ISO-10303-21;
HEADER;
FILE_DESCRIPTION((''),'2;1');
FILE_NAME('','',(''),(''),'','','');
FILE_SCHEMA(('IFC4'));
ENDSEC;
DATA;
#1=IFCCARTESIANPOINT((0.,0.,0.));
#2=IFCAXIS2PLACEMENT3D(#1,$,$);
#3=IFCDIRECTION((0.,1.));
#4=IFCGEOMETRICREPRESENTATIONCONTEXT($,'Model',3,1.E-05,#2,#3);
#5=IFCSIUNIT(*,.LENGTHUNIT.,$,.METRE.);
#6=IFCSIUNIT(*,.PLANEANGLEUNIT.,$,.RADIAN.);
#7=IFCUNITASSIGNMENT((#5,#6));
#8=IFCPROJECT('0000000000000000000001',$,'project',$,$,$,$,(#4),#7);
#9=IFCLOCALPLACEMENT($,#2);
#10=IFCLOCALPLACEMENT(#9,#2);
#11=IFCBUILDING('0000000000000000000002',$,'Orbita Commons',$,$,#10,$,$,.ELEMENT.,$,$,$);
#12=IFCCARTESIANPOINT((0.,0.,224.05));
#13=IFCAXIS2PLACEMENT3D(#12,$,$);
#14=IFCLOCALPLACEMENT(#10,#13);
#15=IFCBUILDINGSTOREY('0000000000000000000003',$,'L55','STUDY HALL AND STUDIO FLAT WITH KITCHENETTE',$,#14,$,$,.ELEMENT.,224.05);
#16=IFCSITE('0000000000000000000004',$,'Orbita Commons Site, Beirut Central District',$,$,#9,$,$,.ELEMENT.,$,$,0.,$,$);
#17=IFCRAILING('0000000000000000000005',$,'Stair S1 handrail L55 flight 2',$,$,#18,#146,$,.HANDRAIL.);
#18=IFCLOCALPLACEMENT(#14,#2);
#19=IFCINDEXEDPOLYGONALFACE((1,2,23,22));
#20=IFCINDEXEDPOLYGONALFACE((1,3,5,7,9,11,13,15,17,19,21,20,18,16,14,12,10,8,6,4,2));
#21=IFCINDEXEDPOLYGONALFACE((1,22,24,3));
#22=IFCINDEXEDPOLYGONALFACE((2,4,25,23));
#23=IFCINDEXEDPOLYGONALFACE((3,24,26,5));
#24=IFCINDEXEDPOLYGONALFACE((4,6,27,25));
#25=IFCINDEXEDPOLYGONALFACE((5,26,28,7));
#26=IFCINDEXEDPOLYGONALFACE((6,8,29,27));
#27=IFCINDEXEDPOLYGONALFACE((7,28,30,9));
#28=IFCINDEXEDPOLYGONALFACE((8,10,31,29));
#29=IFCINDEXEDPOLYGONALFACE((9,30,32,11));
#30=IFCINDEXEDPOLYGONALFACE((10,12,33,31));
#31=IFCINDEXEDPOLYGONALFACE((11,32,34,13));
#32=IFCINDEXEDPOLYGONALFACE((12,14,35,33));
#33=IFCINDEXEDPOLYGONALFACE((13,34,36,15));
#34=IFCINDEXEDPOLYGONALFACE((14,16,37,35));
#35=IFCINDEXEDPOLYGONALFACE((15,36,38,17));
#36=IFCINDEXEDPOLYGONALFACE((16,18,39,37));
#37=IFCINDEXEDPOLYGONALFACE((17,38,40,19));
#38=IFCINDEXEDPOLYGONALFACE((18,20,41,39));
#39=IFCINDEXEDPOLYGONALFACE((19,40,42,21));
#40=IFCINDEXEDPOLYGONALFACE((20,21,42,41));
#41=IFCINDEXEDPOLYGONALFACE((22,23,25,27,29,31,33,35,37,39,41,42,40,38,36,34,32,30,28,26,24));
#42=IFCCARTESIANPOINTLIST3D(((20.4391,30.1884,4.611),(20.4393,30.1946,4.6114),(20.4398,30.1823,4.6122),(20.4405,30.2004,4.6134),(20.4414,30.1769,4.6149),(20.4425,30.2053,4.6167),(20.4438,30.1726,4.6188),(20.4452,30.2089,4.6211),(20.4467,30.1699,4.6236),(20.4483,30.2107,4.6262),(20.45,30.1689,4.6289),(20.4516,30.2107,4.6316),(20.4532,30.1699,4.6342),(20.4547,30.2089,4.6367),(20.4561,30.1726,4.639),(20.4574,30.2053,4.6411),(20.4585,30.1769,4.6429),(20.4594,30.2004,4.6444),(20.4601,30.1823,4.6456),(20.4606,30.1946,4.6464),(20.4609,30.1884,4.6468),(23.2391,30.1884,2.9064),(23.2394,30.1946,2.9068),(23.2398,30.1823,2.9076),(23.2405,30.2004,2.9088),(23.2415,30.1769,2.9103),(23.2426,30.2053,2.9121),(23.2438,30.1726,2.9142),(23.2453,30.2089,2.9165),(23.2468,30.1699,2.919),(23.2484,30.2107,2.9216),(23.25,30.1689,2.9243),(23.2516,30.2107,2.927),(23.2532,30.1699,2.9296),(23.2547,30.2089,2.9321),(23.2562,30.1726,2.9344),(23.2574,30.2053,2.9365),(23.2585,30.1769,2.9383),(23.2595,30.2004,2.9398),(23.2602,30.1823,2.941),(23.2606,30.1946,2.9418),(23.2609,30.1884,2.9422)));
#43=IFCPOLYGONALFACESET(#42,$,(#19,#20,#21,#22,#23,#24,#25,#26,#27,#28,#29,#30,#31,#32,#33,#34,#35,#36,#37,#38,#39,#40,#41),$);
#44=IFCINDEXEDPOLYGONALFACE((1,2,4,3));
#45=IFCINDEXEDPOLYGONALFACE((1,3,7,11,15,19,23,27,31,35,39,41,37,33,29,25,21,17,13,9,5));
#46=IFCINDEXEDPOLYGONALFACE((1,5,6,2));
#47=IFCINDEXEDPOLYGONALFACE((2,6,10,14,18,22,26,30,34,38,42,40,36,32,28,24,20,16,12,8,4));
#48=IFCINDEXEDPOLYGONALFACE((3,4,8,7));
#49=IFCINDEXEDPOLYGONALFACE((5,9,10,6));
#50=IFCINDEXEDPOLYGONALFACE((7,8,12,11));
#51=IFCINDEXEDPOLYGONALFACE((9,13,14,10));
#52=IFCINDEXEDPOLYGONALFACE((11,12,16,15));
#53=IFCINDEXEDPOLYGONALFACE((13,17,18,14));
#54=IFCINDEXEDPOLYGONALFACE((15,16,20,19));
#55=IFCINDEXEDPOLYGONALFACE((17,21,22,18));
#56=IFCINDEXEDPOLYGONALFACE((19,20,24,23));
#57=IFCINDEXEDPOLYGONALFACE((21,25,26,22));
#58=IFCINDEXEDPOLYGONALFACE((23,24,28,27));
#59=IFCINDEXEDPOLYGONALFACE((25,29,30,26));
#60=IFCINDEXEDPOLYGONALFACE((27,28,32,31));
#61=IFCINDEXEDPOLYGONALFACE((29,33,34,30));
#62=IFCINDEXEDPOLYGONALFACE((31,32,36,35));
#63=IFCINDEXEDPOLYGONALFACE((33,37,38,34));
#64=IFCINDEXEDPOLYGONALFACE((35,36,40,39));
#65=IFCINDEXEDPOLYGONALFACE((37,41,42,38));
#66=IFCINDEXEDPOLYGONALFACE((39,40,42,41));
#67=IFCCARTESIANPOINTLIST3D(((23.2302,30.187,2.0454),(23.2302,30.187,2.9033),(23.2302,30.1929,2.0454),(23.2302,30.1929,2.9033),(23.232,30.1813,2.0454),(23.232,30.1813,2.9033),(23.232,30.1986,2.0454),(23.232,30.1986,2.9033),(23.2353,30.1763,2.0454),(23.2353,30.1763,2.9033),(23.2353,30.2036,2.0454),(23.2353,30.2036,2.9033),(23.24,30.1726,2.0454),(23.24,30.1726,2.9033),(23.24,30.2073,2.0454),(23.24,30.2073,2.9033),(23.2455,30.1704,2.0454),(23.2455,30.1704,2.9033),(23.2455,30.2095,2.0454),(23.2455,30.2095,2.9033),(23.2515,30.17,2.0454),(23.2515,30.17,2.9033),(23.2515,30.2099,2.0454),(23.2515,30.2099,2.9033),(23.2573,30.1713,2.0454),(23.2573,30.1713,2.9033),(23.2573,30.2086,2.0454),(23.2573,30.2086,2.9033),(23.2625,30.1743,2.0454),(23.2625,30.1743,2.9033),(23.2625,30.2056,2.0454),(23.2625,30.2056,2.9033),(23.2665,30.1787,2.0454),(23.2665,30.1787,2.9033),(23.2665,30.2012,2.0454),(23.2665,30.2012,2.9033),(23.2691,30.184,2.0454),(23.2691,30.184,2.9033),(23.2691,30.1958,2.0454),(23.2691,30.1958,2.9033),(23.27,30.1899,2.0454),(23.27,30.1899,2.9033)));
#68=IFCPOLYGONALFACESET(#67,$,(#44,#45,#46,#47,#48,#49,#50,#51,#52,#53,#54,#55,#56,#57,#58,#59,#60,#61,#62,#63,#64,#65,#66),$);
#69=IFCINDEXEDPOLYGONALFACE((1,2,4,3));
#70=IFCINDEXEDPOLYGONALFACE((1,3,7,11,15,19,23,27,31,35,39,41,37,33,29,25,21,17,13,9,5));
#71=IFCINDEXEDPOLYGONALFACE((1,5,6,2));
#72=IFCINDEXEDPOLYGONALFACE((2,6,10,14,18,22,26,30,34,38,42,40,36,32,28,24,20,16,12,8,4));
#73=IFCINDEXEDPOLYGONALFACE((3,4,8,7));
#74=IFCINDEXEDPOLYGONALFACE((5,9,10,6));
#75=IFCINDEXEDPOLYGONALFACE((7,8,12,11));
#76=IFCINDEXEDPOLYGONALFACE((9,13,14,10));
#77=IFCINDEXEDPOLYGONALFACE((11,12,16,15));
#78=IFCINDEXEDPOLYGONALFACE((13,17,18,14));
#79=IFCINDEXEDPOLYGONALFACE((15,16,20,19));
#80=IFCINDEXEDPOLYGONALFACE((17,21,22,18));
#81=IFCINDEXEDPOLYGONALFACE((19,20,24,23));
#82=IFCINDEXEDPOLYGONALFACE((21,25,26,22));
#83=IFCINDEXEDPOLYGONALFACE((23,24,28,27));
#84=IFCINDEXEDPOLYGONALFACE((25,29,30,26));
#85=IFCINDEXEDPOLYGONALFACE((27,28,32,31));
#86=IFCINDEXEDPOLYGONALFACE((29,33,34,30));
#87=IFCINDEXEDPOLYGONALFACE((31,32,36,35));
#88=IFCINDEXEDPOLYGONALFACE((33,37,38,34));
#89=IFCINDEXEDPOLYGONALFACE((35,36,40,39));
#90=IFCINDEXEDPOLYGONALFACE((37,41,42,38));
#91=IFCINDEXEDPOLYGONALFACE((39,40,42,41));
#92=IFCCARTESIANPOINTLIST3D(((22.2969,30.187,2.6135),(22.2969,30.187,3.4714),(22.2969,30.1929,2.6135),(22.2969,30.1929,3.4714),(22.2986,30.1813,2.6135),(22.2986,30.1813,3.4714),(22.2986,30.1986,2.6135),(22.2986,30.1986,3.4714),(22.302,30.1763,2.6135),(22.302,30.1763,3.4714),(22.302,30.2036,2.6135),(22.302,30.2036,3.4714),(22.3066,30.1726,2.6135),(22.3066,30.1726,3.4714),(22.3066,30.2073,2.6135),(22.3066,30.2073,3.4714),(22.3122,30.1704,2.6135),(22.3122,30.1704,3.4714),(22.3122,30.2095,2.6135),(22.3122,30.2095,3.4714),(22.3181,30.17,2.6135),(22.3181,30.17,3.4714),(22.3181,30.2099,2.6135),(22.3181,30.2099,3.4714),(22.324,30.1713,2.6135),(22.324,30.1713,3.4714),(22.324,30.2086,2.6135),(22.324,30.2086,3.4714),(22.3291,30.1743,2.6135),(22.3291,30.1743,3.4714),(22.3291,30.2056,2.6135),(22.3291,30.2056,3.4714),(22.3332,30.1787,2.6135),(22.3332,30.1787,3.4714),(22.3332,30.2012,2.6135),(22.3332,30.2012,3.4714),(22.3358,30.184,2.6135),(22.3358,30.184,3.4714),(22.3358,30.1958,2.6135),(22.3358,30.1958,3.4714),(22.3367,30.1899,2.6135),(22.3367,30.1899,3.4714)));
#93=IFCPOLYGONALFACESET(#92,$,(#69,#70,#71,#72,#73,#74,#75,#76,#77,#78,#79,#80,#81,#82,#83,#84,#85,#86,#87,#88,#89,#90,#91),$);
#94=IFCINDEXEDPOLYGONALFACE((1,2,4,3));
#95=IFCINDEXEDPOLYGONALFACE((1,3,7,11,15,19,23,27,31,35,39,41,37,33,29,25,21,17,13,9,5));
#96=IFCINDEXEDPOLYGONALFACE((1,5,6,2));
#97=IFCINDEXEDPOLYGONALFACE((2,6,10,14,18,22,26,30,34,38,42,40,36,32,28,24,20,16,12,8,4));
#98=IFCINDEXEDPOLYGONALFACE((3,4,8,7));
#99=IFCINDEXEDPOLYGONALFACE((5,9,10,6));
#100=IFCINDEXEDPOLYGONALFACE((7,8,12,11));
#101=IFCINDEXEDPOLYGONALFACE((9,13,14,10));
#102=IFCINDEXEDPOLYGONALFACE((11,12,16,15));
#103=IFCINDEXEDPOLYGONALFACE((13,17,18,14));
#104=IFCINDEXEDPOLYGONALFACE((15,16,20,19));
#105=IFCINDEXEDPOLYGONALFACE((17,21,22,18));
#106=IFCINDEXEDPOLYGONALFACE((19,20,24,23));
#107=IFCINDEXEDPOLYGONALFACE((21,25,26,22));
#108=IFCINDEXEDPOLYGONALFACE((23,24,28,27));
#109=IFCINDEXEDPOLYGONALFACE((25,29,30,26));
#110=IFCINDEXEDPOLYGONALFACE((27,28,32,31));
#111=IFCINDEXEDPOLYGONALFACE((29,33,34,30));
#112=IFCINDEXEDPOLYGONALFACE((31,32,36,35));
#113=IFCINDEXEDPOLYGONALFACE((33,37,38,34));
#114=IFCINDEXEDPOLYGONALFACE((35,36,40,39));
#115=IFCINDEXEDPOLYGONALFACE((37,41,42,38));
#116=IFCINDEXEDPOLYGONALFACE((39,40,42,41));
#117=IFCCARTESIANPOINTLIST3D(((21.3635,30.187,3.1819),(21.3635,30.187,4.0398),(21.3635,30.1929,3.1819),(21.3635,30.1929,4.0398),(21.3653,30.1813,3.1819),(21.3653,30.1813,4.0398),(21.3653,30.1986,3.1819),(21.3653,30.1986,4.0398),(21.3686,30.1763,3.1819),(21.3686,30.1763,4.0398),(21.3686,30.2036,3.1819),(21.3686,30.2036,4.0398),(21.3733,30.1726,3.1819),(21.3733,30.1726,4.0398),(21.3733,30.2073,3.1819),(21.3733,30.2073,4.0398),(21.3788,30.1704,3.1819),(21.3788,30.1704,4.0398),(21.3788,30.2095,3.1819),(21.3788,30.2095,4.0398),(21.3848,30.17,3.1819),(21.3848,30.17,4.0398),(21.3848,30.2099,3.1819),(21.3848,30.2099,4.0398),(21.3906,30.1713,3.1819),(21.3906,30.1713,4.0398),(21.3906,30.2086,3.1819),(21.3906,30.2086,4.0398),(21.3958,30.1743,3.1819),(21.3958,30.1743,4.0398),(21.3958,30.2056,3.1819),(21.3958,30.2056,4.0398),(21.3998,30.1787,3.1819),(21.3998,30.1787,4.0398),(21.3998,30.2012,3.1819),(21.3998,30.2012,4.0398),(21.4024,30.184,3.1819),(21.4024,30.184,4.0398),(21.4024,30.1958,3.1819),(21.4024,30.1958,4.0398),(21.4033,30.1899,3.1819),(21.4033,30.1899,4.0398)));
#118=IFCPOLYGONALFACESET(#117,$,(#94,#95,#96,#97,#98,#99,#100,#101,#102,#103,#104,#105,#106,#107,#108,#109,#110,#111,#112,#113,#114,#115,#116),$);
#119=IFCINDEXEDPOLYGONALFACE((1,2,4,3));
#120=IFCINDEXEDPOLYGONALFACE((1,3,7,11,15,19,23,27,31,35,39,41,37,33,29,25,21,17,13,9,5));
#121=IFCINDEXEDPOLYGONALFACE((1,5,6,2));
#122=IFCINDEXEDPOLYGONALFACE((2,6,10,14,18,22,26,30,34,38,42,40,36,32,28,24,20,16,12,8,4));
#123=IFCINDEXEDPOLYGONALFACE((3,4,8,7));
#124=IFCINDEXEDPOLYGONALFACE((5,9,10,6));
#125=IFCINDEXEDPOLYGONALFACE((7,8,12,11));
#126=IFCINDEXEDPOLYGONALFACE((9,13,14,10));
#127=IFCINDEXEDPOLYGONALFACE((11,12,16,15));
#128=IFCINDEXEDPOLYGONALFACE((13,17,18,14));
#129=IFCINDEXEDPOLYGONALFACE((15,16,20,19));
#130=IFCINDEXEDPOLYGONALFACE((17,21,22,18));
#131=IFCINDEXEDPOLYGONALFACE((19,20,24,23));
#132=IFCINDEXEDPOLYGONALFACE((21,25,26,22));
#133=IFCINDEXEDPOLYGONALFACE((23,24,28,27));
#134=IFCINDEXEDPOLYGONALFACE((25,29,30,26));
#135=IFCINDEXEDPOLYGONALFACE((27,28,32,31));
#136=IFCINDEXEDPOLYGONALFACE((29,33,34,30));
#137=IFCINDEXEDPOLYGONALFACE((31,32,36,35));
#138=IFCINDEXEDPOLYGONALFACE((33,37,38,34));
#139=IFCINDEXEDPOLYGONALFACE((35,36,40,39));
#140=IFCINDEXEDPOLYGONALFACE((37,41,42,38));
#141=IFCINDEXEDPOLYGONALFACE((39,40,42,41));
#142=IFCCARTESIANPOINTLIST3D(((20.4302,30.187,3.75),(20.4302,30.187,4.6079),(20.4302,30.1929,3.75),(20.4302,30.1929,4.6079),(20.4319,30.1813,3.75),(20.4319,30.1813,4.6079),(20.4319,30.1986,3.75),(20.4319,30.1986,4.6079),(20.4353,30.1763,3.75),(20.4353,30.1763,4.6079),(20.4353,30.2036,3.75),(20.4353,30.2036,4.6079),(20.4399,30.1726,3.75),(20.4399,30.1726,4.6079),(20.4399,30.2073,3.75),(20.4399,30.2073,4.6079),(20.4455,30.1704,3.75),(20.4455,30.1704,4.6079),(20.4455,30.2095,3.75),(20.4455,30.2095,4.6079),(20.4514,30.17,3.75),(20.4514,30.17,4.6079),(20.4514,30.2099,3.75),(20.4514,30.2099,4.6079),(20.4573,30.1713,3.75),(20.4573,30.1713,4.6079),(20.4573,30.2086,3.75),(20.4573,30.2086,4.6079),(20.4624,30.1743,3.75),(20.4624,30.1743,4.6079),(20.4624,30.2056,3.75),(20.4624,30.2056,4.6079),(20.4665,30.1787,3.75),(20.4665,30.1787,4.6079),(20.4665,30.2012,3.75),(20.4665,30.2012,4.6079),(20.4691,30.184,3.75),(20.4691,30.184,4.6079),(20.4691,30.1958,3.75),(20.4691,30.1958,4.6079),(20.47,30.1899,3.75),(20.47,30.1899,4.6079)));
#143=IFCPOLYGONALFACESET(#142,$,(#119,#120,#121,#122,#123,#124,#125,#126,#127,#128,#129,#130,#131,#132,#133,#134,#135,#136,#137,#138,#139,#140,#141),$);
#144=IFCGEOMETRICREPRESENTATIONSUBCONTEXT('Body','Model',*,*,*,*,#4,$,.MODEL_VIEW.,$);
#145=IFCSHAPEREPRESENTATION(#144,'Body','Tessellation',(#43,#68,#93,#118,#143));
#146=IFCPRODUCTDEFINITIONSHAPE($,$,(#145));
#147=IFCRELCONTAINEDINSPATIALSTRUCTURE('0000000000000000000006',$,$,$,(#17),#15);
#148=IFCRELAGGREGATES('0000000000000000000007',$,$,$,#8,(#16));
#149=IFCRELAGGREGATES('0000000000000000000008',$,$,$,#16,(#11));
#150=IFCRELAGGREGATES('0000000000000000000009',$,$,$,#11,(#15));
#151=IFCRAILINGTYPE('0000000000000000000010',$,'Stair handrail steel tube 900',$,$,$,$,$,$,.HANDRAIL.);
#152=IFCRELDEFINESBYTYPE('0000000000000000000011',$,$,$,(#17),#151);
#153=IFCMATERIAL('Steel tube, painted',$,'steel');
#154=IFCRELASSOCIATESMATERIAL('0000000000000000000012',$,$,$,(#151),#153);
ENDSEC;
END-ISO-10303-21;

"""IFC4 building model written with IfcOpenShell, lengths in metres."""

from ifc_helpers import new_model, si_unit, direction, frame, origin, origin_2d, place, context, subcontext, project, spatial, circle, extrude, material, type_object, element, save


model = new_model("IFC4")

# Units and contexts
model_context = context("Model", 3, precision=1e-05, world=origin(), true_north=direction((0.0, 1.0)))
body_context = subcontext(model_context, "Body", "Model", "MODEL_VIEW")
ifc_project = project(units=[si_unit("LENGTHUNIT", "METRE"), si_unit("PLANEANGLEUNIT", "RADIAN")], contexts=[model_context])

# Site, building, storey
site_placement = place(None, origin())
site = spatial("IfcSite", under=ifc_project, at=site_placement, Name="Orbita Commons Site, Beirut Central District", CompositionType="ELEMENT", RefElevation=0.0)
building_placement = place(site_placement, origin())
building = spatial("IfcBuilding", under=site, at=building_placement, Name="Orbita Commons", CompositionType="ELEMENT")
storey_placement = place(building_placement, frame((0.0, 0.0, 224.05)))
storey = spatial("IfcBuildingStorey", under=building, at=storey_placement, Name="L55", Description="STUDY HALL AND STUDIO FLAT WITH KITCHENETTE", CompositionType="ELEMENT", Elevation=224.05)

# Railing
ifc_material_1 = material(Name="Steel tube, painted", Category="steel")
railing_type = type_object("IfcRailingType", Name="Stair handrail steel tube 900", PredefinedType="HANDRAIL", material=ifc_material_1)
for number, where, name in (
    (1, (23.25, 30.1899, 2.0454), "Stair S1 handrail L55 flight 2"),
):
    element("IfcRailing", number, at=place(storey_placement, frame(where)), inside=storey, type_object=railing_type, Name=name, PredefinedType="HANDRAIL", context=body_context, shape_type="SweptSolid", body=[
        extrude(circle(Radius=0.021, at=origin_2d()), frame((0.0, 0.0, 0.8789), z_axis=(-0.85417, 0.0, 0.519994), x_axis=(0.0, -1.0, 0.0)), (0.0, 0.0, 1.0), 3.2781),
        extrude(circle(Radius=0.02, at=origin_2d()), origin(), (0.0, 0.0, 1.0), 0.8579),
        extrude(circle(Radius=0.02, at=origin_2d()), frame((-0.9333, 0.0, 0.5681)), (0.0, 0.0, 1.0), 0.8579),
        extrude(circle(Radius=0.02, at=origin_2d()), frame((-1.8667, 0.0, 1.1365)), (0.0, 0.0, 1.0), 0.8579),
        extrude(circle(Radius=0.02, at=origin_2d()), frame((-2.8, 0.0, 1.7046)), (0.0, 0.0, 1.0), 0.8579),
    ])

save(model, "model.ifc")
